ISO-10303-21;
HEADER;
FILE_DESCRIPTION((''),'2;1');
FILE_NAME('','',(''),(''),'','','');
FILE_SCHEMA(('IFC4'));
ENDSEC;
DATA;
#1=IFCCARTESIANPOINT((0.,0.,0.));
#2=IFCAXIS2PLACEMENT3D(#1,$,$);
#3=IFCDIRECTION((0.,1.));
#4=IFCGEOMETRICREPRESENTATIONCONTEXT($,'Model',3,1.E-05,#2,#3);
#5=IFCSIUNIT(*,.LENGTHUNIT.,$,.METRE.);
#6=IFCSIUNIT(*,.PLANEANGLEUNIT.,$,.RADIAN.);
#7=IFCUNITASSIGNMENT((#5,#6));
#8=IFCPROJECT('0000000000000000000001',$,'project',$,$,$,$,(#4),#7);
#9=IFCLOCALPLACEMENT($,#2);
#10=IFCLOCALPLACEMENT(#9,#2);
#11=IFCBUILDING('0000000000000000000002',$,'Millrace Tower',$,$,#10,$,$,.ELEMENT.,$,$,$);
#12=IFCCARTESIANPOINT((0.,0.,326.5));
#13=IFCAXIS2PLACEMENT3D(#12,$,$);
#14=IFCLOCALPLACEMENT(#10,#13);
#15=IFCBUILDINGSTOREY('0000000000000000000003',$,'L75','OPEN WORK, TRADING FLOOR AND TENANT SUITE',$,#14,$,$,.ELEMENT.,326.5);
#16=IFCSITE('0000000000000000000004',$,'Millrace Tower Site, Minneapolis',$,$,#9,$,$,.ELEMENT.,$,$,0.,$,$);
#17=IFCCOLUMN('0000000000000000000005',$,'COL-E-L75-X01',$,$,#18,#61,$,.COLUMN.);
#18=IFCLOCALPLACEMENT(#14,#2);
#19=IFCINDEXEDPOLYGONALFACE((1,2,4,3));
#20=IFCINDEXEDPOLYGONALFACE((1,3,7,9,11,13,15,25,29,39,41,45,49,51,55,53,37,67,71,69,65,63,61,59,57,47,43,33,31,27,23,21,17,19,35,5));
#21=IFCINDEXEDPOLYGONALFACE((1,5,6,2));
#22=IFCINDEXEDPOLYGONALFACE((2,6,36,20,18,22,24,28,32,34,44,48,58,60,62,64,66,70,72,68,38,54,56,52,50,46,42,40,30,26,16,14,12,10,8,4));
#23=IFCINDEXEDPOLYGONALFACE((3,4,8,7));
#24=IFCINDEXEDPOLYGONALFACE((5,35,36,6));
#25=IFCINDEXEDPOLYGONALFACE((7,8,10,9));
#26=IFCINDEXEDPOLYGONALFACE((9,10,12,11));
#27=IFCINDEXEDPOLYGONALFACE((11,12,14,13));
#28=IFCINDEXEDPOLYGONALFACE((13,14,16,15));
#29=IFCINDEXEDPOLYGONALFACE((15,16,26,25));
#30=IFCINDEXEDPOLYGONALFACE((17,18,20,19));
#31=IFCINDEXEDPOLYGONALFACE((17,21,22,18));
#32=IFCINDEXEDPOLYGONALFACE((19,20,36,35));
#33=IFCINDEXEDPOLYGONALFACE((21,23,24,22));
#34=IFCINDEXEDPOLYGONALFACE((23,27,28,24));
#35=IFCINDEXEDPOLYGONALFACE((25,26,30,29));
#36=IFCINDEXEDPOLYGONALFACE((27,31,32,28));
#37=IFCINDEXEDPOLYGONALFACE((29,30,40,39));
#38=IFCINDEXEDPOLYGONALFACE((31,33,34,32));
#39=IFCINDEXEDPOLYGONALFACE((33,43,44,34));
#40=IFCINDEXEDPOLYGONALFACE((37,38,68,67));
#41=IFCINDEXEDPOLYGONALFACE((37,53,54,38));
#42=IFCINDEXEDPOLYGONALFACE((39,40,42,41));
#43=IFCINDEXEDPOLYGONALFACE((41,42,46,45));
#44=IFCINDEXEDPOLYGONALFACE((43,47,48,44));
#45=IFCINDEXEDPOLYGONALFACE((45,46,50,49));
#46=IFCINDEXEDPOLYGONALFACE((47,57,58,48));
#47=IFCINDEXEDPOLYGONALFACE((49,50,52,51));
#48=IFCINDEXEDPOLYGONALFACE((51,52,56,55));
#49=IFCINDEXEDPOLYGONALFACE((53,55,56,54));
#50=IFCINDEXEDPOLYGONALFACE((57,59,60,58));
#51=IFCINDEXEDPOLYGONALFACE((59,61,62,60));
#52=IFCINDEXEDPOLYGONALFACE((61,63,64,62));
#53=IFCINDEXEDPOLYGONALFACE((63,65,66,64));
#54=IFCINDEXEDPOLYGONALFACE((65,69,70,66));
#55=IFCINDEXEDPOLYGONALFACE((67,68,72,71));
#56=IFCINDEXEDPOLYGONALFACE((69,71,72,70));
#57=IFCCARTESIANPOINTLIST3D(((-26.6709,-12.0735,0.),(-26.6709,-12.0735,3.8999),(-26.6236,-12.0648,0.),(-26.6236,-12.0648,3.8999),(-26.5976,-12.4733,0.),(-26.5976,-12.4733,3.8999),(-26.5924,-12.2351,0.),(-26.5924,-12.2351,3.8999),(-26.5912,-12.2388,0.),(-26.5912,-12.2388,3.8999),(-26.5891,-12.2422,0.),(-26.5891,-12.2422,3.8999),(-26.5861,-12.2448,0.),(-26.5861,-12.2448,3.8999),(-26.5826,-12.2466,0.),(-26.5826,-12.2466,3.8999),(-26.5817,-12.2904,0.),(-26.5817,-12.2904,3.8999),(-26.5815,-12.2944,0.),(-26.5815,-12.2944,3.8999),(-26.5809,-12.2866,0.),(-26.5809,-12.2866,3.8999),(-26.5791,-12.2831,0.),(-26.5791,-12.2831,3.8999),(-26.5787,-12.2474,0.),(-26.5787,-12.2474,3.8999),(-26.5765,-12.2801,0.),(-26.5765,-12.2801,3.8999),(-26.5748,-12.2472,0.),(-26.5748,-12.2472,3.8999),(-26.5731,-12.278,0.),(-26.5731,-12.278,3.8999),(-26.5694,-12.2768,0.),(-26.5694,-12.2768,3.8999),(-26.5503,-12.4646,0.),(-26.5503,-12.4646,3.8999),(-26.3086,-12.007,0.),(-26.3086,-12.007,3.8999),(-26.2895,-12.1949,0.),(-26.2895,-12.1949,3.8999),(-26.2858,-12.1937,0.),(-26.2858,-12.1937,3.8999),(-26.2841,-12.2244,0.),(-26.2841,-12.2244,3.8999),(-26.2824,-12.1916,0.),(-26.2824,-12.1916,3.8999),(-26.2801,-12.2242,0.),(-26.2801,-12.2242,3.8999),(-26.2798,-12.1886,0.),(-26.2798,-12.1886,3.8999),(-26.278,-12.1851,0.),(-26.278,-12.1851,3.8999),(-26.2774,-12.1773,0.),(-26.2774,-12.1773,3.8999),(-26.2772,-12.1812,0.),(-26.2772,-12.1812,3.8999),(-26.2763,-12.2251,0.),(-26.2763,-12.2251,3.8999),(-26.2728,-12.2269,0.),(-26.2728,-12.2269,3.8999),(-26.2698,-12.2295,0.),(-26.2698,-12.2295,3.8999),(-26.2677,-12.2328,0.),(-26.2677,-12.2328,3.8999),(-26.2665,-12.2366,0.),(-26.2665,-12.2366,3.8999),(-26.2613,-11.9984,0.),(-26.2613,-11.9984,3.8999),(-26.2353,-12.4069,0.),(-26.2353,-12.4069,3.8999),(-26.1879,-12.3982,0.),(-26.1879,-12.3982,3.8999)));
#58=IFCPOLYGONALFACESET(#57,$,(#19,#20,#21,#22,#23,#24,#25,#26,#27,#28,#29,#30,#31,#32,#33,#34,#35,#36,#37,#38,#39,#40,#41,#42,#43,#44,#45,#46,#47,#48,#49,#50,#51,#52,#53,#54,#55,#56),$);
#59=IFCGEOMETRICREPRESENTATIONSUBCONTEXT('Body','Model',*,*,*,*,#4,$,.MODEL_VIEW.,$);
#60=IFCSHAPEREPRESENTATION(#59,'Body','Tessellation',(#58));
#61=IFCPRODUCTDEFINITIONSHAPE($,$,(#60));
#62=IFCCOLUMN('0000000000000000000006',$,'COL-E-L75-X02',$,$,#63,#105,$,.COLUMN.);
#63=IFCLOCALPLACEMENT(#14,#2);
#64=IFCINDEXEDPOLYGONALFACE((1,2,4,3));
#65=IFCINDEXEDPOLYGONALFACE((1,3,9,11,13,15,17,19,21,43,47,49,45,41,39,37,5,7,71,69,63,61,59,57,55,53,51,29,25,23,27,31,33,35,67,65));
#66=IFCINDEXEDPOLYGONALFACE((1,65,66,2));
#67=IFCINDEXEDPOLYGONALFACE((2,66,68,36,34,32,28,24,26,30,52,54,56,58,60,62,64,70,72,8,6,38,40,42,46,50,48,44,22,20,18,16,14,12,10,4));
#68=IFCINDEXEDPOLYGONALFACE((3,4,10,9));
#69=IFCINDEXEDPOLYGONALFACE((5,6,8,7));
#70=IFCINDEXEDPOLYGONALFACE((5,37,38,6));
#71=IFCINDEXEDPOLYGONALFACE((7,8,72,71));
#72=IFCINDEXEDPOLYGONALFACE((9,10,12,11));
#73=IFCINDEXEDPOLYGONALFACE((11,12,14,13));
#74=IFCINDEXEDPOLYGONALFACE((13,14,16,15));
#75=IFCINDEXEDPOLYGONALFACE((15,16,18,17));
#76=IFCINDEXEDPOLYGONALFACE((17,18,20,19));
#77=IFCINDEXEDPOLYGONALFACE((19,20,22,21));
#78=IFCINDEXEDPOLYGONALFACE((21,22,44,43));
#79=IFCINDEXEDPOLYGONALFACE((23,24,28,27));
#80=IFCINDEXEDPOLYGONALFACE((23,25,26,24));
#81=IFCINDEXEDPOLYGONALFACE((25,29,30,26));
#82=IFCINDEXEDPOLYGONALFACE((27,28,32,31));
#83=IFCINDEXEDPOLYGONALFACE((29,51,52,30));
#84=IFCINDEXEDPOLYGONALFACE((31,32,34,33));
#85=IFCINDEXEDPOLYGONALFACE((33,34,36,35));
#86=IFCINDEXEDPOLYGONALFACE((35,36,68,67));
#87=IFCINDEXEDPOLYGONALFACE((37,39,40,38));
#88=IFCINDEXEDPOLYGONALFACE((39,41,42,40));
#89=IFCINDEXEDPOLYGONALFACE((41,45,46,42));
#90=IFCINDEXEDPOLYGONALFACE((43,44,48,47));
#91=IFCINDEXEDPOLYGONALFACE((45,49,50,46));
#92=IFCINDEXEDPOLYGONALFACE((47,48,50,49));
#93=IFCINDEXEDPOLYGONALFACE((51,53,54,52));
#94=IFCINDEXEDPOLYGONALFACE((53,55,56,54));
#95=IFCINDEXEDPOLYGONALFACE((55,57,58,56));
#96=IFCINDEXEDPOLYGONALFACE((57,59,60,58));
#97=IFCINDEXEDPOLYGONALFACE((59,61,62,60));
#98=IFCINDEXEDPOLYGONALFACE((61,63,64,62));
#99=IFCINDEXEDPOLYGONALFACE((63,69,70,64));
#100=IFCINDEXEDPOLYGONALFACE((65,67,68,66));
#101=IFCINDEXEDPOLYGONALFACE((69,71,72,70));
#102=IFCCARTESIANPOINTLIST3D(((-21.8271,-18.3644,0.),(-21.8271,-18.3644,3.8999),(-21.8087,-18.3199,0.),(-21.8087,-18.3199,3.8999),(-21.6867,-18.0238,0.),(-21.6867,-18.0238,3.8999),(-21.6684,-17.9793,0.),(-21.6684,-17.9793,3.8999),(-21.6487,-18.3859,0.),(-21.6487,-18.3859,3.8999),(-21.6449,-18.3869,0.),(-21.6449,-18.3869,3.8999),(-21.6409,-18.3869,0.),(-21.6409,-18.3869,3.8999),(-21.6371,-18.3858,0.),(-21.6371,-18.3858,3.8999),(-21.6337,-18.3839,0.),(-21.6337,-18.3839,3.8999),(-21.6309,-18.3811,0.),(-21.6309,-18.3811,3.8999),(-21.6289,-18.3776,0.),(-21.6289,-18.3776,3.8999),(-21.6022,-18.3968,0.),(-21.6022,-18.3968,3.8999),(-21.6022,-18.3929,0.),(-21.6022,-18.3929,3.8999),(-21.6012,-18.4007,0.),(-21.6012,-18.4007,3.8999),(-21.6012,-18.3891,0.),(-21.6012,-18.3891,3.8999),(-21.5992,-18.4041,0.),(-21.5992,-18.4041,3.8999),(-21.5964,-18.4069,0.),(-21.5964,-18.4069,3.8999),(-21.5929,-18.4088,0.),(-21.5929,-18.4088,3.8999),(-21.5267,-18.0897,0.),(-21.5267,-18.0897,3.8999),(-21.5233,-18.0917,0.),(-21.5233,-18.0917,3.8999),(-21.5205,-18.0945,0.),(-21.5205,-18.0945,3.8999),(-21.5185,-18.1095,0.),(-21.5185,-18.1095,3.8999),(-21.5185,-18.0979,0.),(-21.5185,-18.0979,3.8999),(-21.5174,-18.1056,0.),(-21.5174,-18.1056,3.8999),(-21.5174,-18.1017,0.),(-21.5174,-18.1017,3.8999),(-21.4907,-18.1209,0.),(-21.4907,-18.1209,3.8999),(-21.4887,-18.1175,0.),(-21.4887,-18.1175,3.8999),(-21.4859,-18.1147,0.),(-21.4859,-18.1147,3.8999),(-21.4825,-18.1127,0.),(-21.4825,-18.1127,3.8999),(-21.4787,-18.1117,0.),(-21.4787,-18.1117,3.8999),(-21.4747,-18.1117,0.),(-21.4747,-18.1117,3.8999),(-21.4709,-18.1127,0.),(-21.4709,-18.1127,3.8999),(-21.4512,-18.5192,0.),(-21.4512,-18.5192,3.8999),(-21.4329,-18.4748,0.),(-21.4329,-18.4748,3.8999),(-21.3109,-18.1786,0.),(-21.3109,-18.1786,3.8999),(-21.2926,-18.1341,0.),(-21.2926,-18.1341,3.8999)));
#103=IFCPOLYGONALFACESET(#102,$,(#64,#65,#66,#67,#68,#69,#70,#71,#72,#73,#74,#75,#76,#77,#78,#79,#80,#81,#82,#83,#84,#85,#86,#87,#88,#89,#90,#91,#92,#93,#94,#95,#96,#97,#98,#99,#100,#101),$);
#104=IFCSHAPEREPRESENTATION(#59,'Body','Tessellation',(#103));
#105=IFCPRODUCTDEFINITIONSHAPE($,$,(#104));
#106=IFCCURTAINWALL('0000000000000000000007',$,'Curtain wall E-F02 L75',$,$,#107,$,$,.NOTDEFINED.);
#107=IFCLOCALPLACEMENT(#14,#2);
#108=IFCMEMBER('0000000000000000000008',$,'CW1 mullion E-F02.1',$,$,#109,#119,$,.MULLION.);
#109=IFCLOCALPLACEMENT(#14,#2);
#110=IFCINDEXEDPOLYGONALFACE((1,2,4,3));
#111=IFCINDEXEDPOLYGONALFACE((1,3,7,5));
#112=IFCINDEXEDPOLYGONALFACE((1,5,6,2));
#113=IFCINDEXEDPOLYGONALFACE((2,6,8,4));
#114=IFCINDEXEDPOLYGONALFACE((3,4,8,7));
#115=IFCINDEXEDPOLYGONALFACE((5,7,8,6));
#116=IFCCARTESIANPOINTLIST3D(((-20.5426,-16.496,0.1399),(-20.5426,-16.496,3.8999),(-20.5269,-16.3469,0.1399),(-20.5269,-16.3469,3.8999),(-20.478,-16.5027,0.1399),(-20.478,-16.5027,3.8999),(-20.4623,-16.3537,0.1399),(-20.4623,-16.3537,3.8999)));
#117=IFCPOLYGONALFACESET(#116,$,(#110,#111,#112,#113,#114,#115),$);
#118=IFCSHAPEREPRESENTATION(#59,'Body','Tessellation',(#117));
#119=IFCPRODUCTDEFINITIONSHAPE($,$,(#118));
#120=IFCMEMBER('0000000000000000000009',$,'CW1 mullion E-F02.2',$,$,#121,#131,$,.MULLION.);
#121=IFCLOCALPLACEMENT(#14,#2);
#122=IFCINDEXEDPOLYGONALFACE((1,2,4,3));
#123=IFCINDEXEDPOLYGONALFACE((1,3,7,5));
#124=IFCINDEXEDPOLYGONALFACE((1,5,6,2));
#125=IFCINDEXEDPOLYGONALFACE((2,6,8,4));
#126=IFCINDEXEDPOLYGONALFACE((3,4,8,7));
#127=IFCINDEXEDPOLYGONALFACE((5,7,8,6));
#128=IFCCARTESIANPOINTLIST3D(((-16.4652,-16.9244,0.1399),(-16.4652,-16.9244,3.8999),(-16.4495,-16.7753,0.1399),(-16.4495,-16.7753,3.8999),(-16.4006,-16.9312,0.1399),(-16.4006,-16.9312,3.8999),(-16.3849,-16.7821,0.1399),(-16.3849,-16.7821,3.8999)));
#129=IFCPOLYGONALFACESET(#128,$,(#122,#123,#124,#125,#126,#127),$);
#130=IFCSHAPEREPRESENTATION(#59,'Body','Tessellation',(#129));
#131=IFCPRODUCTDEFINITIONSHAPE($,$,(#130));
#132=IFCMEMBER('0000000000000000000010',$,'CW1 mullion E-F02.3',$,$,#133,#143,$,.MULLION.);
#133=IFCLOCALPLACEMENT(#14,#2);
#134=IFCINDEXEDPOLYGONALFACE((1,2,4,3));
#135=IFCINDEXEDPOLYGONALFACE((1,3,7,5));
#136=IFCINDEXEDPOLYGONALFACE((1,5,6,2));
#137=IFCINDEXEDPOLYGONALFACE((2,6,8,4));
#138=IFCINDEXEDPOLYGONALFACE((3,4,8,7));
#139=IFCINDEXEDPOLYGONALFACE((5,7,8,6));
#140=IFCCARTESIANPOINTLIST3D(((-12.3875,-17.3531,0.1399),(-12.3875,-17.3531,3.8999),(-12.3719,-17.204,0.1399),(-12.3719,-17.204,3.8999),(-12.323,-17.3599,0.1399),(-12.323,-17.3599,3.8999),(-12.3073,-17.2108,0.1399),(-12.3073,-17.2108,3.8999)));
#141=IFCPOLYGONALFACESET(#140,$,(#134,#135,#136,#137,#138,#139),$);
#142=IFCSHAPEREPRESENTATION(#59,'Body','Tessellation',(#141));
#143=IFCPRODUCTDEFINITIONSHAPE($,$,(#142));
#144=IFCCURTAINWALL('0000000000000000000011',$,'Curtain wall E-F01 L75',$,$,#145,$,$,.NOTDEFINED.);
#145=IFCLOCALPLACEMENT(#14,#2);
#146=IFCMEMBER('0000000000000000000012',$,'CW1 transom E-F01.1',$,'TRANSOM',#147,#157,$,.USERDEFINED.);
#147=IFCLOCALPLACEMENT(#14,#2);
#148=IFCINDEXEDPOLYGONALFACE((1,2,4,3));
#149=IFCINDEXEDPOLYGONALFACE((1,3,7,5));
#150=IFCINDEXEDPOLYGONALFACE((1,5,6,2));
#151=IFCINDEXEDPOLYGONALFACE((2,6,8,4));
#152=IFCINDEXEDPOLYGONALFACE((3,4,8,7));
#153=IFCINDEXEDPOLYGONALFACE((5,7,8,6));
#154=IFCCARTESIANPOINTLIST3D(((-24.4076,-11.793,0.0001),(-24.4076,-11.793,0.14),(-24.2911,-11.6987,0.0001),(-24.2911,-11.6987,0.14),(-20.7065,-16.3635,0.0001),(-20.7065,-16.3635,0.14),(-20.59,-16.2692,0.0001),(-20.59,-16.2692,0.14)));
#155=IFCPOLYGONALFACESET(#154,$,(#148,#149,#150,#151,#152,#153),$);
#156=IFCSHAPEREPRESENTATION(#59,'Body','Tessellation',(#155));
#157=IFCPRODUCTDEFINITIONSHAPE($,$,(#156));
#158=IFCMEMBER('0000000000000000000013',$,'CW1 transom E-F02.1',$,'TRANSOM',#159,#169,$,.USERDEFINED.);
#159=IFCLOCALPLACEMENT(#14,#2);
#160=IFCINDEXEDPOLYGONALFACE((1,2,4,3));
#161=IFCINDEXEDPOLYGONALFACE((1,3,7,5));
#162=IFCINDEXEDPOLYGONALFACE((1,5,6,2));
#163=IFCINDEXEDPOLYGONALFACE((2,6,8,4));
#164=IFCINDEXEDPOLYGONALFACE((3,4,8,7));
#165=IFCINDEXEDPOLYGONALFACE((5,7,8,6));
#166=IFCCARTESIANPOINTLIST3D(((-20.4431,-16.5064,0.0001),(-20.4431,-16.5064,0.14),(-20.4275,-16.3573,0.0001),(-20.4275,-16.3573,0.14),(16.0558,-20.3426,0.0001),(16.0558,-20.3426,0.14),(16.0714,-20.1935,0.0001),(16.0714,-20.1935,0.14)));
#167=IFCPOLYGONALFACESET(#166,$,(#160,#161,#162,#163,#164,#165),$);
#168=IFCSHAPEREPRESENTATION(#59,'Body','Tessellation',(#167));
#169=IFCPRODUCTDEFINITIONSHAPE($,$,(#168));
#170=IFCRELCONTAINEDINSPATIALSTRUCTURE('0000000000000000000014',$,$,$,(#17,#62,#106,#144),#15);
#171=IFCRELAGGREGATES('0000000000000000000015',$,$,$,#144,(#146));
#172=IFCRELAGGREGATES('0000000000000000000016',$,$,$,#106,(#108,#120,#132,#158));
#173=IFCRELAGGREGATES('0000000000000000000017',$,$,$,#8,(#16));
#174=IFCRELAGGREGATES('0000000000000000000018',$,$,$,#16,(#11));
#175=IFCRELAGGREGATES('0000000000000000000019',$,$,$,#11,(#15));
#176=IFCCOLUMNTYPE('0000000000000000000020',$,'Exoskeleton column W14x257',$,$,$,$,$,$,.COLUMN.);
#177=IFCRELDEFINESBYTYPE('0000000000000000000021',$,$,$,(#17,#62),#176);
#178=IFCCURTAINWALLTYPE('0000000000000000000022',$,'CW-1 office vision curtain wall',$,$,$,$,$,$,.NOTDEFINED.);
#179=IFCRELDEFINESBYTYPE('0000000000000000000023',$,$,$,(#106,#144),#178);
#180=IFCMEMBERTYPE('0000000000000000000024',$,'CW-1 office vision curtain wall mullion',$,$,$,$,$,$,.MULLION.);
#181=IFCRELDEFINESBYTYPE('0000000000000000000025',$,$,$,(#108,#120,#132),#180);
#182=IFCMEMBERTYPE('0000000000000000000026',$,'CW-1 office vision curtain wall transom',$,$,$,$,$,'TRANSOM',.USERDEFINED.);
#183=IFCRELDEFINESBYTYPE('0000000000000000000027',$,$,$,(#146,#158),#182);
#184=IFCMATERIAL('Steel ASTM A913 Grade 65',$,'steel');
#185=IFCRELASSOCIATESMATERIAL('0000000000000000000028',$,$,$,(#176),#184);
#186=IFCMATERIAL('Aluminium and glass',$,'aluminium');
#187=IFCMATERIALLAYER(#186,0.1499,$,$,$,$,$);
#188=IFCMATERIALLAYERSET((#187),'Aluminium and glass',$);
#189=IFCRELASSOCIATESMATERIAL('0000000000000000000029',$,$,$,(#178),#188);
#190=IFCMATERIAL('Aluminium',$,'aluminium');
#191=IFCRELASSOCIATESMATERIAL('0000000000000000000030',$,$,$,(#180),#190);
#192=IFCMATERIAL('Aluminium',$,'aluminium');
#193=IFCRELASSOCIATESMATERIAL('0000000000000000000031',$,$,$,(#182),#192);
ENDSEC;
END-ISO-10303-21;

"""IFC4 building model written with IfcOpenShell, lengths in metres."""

from ifc_helpers import new_model, si_unit, direction, frame, origin, origin_2d, place, context, subcontext, project, spatial, rectangle, i_section, extrude, material, layer, layer_set, material_profile, profile_set, type_object, element, aggregate, save


model = new_model("IFC4")

# Units and contexts
model_context = context("Model", 3, precision=1e-05, world=origin(), true_north=direction((0.0, 1.0)))
body_context = subcontext(model_context, "Body", "Model", "MODEL_VIEW")
ifc_project = project(units=[si_unit("LENGTHUNIT", "METRE"), si_unit("PLANEANGLEUNIT", "RADIAN")], contexts=[model_context])

# Site, building, storey
site_placement = place(None, origin())
site = spatial("IfcSite", under=ifc_project, at=site_placement, Name="Millrace Tower Site, Minneapolis", CompositionType="ELEMENT", RefElevation=0.0)
building_placement = place(site_placement, origin())
building = spatial("IfcBuilding", under=site, at=building_placement, Name="Millrace Tower", CompositionType="ELEMENT")
storey_placement = place(building_placement, frame((0.0, 0.0, 326.5)))
storey = spatial("IfcBuildingStorey", under=building, at=storey_placement, Name="L75", Description="OPEN WORK, TRADING FLOOR AND TENANT SUITE", CompositionType="ELEMENT", Elevation=326.5)

# Columns
ifc_material_1 = material(Name="Steel ASTM A913 Grade 65", Category="steel")
ifc_material_profile_1 = material_profile(ifc_material_1, i_section(OverallWidth=0.4065, OverallDepth=0.4165, WebThickness=0.03, FlangeThickness=0.0481, FilletRadius=0.0151, at=origin_2d()))
ifc_profile_set_1 = profile_set([ifc_material_profile_1], Name="Steel ASTM A913 Grade 65")
column_type = type_object("IfcColumnType", Name="Exoskeleton column W14x257", PredefinedType="COLUMN", material=ifc_profile_set_1)
for number, where, z_axis, x_axis, name in (
    (1, (-26.4294, -12.2358, 0.0), (0.0, 0.0, 1.0), (0.180387, -0.983596, 0.0), "COL-E-L75-X01"),
    (2, (-21.5598, -18.2493, 0.0), (0.0, 0.0, 1.0), (0.924597, -0.380947, 0.0), "COL-E-L75-X02"),
):
    element("IfcColumn", number, at=place(storey_placement, frame(where, z_axis=z_axis, x_axis=x_axis)), inside=storey, type_object=column_type, Name=name, PredefinedType="COLUMN", context=body_context, shape_type="SweptSolid", body=[
        extrude(i_section(OverallWidth=0.4065, OverallDepth=0.4165, WebThickness=0.03, FlangeThickness=0.0481, FilletRadius=0.0151, at=origin_2d()), origin(), (0.0, 0.0, 1.0), 3.8999),
    ])

# Curtain wall, members
ifc_material_2 = material(Name="Aluminium and glass", Category="aluminium")
ifc_layer_1 = layer(ifc_material_2, 0.1499)
ifc_layer_set_1 = layer_set([ifc_layer_1], Name="Aluminium and glass")
curtain_wall_type = type_object("IfcCurtainWallType", Name="CW-1 office vision curtain wall", PredefinedType="NOTDEFINED", material=ifc_layer_set_1)
placement = place(storey_placement, origin())
curtain_wall_1 = element("IfcCurtainWall", 3, at=placement, inside=storey, type_object=curtain_wall_type, Name="Curtain wall E-F02 L75", PredefinedType="NOTDEFINED")
ifc_material_3 = material(Name="Aluminium", Category="aluminium")
ifc_material_profile_2 = material_profile(ifc_material_3, rectangle(XDim=0.0649, YDim=0.1499, at=origin_2d()))
ifc_profile_set_2 = profile_set([ifc_material_profile_2], Name="Aluminium")
member_type_1 = type_object("IfcMemberType", Name="CW-1 office vision curtain wall mullion", PredefinedType="MULLION", material=ifc_profile_set_2)
member_1_placement = place(storey_placement, frame((-20.5024, -16.4248, 0.1399), z_axis=(0.0, 0.0, 1.0), x_axis=(0.994522, -0.104528, 0.0)))
member_1 = element("IfcMember", 4, at=member_1_placement, type_object=member_type_1, Name="CW1 mullion E-F02.1", PredefinedType="MULLION", context=body_context, shape_type="SweptSolid", body=[
    extrude(rectangle(XDim=0.0649, YDim=0.1499, at=origin_2d()), origin(), (0.0, 0.0, 1.0), 3.76),
])
member_2_placement = place(storey_placement, frame((-16.425, -16.8533, 0.1399), z_axis=(0.0, 0.0, 1.0), x_axis=(0.994522, -0.104528, 0.0)))
member_2 = element("IfcMember", 5, at=member_2_placement, type_object=member_type_1, Name="CW1 mullion E-F02.2", PredefinedType="MULLION", context=body_context, shape_type="SweptSolid", body=[
    extrude(rectangle(XDim=0.0649, YDim=0.1499, at=origin_2d()), origin(), (0.0, 0.0, 1.0), 3.76),
])
member_3_placement = place(storey_placement, frame((-12.3474, -17.282, 0.1399), z_axis=(0.0, 0.0, 1.0), x_axis=(0.994522, -0.104528, 0.0)))
member_3 = element("IfcMember", 6, at=member_3_placement, type_object=member_type_1, Name="CW1 mullion E-F02.3", PredefinedType="MULLION", context=body_context, shape_type="SweptSolid", body=[
    extrude(rectangle(XDim=0.0649, YDim=0.1499, at=origin_2d()), origin(), (0.0, 0.0, 1.0), 3.76),
])

# Curtain wall, member
curtain_wall_2 = element("IfcCurtainWall", 7, at=placement, inside=storey, type_object=curtain_wall_type, Name="Curtain wall E-F01 L75", PredefinedType="NOTDEFINED")
ifc_material_4 = material(Name="Aluminium", Category="aluminium")
ifc_material_profile_3 = material_profile(ifc_material_4, rectangle(XDim=0.1499, YDim=0.1399, at=origin_2d()))
ifc_profile_set_3 = profile_set([ifc_material_profile_3], Name="Aluminium")
member_type_2 = type_object("IfcMemberType", Name="CW-1 office vision curtain wall transom", ElementType="TRANSOM", PredefinedType="USERDEFINED", material=ifc_profile_set_3)
member_4_placement = place(storey_placement, frame((-24.3494, -11.7458, 0.0701), z_axis=(0.629321, -0.777145, 0.0), x_axis=(0.777145, 0.629321, 0.0)))
member_4 = element("IfcMember", 8, at=member_4_placement, type_object=member_type_2, Name="CW1 transom E-F01.1", ObjectType="TRANSOM", PredefinedType="USERDEFINED", context=body_context, shape_type="SweptSolid", body=[
    extrude(rectangle(XDim=0.1499, YDim=0.1399, at=origin_2d()), origin(), (0.0, 0.0, 1.0), 5.8811),
])
aggregate(curtain_wall_2, [member_4])

# Member
member_5_placement = place(storey_placement, frame((-20.4353, -16.4319, 0.0701), z_axis=(0.994522, -0.104528, 0.0), x_axis=(0.104528, 0.994522, 0.0)))
member_5 = element("IfcMember", 9, at=member_5_placement, type_object=member_type_2, Name="CW1 transom E-F02.1", ObjectType="TRANSOM", PredefinedType="USERDEFINED", context=body_context, shape_type="SweptSolid", body=[
    extrude(rectangle(XDim=0.1499, YDim=0.1399, at=origin_2d()), origin(), (0.0, 0.0, 1.0), 36.7),
])
aggregate(curtain_wall_1, [member_1, member_2, member_3, member_5])

save(model, "model.ifc")
